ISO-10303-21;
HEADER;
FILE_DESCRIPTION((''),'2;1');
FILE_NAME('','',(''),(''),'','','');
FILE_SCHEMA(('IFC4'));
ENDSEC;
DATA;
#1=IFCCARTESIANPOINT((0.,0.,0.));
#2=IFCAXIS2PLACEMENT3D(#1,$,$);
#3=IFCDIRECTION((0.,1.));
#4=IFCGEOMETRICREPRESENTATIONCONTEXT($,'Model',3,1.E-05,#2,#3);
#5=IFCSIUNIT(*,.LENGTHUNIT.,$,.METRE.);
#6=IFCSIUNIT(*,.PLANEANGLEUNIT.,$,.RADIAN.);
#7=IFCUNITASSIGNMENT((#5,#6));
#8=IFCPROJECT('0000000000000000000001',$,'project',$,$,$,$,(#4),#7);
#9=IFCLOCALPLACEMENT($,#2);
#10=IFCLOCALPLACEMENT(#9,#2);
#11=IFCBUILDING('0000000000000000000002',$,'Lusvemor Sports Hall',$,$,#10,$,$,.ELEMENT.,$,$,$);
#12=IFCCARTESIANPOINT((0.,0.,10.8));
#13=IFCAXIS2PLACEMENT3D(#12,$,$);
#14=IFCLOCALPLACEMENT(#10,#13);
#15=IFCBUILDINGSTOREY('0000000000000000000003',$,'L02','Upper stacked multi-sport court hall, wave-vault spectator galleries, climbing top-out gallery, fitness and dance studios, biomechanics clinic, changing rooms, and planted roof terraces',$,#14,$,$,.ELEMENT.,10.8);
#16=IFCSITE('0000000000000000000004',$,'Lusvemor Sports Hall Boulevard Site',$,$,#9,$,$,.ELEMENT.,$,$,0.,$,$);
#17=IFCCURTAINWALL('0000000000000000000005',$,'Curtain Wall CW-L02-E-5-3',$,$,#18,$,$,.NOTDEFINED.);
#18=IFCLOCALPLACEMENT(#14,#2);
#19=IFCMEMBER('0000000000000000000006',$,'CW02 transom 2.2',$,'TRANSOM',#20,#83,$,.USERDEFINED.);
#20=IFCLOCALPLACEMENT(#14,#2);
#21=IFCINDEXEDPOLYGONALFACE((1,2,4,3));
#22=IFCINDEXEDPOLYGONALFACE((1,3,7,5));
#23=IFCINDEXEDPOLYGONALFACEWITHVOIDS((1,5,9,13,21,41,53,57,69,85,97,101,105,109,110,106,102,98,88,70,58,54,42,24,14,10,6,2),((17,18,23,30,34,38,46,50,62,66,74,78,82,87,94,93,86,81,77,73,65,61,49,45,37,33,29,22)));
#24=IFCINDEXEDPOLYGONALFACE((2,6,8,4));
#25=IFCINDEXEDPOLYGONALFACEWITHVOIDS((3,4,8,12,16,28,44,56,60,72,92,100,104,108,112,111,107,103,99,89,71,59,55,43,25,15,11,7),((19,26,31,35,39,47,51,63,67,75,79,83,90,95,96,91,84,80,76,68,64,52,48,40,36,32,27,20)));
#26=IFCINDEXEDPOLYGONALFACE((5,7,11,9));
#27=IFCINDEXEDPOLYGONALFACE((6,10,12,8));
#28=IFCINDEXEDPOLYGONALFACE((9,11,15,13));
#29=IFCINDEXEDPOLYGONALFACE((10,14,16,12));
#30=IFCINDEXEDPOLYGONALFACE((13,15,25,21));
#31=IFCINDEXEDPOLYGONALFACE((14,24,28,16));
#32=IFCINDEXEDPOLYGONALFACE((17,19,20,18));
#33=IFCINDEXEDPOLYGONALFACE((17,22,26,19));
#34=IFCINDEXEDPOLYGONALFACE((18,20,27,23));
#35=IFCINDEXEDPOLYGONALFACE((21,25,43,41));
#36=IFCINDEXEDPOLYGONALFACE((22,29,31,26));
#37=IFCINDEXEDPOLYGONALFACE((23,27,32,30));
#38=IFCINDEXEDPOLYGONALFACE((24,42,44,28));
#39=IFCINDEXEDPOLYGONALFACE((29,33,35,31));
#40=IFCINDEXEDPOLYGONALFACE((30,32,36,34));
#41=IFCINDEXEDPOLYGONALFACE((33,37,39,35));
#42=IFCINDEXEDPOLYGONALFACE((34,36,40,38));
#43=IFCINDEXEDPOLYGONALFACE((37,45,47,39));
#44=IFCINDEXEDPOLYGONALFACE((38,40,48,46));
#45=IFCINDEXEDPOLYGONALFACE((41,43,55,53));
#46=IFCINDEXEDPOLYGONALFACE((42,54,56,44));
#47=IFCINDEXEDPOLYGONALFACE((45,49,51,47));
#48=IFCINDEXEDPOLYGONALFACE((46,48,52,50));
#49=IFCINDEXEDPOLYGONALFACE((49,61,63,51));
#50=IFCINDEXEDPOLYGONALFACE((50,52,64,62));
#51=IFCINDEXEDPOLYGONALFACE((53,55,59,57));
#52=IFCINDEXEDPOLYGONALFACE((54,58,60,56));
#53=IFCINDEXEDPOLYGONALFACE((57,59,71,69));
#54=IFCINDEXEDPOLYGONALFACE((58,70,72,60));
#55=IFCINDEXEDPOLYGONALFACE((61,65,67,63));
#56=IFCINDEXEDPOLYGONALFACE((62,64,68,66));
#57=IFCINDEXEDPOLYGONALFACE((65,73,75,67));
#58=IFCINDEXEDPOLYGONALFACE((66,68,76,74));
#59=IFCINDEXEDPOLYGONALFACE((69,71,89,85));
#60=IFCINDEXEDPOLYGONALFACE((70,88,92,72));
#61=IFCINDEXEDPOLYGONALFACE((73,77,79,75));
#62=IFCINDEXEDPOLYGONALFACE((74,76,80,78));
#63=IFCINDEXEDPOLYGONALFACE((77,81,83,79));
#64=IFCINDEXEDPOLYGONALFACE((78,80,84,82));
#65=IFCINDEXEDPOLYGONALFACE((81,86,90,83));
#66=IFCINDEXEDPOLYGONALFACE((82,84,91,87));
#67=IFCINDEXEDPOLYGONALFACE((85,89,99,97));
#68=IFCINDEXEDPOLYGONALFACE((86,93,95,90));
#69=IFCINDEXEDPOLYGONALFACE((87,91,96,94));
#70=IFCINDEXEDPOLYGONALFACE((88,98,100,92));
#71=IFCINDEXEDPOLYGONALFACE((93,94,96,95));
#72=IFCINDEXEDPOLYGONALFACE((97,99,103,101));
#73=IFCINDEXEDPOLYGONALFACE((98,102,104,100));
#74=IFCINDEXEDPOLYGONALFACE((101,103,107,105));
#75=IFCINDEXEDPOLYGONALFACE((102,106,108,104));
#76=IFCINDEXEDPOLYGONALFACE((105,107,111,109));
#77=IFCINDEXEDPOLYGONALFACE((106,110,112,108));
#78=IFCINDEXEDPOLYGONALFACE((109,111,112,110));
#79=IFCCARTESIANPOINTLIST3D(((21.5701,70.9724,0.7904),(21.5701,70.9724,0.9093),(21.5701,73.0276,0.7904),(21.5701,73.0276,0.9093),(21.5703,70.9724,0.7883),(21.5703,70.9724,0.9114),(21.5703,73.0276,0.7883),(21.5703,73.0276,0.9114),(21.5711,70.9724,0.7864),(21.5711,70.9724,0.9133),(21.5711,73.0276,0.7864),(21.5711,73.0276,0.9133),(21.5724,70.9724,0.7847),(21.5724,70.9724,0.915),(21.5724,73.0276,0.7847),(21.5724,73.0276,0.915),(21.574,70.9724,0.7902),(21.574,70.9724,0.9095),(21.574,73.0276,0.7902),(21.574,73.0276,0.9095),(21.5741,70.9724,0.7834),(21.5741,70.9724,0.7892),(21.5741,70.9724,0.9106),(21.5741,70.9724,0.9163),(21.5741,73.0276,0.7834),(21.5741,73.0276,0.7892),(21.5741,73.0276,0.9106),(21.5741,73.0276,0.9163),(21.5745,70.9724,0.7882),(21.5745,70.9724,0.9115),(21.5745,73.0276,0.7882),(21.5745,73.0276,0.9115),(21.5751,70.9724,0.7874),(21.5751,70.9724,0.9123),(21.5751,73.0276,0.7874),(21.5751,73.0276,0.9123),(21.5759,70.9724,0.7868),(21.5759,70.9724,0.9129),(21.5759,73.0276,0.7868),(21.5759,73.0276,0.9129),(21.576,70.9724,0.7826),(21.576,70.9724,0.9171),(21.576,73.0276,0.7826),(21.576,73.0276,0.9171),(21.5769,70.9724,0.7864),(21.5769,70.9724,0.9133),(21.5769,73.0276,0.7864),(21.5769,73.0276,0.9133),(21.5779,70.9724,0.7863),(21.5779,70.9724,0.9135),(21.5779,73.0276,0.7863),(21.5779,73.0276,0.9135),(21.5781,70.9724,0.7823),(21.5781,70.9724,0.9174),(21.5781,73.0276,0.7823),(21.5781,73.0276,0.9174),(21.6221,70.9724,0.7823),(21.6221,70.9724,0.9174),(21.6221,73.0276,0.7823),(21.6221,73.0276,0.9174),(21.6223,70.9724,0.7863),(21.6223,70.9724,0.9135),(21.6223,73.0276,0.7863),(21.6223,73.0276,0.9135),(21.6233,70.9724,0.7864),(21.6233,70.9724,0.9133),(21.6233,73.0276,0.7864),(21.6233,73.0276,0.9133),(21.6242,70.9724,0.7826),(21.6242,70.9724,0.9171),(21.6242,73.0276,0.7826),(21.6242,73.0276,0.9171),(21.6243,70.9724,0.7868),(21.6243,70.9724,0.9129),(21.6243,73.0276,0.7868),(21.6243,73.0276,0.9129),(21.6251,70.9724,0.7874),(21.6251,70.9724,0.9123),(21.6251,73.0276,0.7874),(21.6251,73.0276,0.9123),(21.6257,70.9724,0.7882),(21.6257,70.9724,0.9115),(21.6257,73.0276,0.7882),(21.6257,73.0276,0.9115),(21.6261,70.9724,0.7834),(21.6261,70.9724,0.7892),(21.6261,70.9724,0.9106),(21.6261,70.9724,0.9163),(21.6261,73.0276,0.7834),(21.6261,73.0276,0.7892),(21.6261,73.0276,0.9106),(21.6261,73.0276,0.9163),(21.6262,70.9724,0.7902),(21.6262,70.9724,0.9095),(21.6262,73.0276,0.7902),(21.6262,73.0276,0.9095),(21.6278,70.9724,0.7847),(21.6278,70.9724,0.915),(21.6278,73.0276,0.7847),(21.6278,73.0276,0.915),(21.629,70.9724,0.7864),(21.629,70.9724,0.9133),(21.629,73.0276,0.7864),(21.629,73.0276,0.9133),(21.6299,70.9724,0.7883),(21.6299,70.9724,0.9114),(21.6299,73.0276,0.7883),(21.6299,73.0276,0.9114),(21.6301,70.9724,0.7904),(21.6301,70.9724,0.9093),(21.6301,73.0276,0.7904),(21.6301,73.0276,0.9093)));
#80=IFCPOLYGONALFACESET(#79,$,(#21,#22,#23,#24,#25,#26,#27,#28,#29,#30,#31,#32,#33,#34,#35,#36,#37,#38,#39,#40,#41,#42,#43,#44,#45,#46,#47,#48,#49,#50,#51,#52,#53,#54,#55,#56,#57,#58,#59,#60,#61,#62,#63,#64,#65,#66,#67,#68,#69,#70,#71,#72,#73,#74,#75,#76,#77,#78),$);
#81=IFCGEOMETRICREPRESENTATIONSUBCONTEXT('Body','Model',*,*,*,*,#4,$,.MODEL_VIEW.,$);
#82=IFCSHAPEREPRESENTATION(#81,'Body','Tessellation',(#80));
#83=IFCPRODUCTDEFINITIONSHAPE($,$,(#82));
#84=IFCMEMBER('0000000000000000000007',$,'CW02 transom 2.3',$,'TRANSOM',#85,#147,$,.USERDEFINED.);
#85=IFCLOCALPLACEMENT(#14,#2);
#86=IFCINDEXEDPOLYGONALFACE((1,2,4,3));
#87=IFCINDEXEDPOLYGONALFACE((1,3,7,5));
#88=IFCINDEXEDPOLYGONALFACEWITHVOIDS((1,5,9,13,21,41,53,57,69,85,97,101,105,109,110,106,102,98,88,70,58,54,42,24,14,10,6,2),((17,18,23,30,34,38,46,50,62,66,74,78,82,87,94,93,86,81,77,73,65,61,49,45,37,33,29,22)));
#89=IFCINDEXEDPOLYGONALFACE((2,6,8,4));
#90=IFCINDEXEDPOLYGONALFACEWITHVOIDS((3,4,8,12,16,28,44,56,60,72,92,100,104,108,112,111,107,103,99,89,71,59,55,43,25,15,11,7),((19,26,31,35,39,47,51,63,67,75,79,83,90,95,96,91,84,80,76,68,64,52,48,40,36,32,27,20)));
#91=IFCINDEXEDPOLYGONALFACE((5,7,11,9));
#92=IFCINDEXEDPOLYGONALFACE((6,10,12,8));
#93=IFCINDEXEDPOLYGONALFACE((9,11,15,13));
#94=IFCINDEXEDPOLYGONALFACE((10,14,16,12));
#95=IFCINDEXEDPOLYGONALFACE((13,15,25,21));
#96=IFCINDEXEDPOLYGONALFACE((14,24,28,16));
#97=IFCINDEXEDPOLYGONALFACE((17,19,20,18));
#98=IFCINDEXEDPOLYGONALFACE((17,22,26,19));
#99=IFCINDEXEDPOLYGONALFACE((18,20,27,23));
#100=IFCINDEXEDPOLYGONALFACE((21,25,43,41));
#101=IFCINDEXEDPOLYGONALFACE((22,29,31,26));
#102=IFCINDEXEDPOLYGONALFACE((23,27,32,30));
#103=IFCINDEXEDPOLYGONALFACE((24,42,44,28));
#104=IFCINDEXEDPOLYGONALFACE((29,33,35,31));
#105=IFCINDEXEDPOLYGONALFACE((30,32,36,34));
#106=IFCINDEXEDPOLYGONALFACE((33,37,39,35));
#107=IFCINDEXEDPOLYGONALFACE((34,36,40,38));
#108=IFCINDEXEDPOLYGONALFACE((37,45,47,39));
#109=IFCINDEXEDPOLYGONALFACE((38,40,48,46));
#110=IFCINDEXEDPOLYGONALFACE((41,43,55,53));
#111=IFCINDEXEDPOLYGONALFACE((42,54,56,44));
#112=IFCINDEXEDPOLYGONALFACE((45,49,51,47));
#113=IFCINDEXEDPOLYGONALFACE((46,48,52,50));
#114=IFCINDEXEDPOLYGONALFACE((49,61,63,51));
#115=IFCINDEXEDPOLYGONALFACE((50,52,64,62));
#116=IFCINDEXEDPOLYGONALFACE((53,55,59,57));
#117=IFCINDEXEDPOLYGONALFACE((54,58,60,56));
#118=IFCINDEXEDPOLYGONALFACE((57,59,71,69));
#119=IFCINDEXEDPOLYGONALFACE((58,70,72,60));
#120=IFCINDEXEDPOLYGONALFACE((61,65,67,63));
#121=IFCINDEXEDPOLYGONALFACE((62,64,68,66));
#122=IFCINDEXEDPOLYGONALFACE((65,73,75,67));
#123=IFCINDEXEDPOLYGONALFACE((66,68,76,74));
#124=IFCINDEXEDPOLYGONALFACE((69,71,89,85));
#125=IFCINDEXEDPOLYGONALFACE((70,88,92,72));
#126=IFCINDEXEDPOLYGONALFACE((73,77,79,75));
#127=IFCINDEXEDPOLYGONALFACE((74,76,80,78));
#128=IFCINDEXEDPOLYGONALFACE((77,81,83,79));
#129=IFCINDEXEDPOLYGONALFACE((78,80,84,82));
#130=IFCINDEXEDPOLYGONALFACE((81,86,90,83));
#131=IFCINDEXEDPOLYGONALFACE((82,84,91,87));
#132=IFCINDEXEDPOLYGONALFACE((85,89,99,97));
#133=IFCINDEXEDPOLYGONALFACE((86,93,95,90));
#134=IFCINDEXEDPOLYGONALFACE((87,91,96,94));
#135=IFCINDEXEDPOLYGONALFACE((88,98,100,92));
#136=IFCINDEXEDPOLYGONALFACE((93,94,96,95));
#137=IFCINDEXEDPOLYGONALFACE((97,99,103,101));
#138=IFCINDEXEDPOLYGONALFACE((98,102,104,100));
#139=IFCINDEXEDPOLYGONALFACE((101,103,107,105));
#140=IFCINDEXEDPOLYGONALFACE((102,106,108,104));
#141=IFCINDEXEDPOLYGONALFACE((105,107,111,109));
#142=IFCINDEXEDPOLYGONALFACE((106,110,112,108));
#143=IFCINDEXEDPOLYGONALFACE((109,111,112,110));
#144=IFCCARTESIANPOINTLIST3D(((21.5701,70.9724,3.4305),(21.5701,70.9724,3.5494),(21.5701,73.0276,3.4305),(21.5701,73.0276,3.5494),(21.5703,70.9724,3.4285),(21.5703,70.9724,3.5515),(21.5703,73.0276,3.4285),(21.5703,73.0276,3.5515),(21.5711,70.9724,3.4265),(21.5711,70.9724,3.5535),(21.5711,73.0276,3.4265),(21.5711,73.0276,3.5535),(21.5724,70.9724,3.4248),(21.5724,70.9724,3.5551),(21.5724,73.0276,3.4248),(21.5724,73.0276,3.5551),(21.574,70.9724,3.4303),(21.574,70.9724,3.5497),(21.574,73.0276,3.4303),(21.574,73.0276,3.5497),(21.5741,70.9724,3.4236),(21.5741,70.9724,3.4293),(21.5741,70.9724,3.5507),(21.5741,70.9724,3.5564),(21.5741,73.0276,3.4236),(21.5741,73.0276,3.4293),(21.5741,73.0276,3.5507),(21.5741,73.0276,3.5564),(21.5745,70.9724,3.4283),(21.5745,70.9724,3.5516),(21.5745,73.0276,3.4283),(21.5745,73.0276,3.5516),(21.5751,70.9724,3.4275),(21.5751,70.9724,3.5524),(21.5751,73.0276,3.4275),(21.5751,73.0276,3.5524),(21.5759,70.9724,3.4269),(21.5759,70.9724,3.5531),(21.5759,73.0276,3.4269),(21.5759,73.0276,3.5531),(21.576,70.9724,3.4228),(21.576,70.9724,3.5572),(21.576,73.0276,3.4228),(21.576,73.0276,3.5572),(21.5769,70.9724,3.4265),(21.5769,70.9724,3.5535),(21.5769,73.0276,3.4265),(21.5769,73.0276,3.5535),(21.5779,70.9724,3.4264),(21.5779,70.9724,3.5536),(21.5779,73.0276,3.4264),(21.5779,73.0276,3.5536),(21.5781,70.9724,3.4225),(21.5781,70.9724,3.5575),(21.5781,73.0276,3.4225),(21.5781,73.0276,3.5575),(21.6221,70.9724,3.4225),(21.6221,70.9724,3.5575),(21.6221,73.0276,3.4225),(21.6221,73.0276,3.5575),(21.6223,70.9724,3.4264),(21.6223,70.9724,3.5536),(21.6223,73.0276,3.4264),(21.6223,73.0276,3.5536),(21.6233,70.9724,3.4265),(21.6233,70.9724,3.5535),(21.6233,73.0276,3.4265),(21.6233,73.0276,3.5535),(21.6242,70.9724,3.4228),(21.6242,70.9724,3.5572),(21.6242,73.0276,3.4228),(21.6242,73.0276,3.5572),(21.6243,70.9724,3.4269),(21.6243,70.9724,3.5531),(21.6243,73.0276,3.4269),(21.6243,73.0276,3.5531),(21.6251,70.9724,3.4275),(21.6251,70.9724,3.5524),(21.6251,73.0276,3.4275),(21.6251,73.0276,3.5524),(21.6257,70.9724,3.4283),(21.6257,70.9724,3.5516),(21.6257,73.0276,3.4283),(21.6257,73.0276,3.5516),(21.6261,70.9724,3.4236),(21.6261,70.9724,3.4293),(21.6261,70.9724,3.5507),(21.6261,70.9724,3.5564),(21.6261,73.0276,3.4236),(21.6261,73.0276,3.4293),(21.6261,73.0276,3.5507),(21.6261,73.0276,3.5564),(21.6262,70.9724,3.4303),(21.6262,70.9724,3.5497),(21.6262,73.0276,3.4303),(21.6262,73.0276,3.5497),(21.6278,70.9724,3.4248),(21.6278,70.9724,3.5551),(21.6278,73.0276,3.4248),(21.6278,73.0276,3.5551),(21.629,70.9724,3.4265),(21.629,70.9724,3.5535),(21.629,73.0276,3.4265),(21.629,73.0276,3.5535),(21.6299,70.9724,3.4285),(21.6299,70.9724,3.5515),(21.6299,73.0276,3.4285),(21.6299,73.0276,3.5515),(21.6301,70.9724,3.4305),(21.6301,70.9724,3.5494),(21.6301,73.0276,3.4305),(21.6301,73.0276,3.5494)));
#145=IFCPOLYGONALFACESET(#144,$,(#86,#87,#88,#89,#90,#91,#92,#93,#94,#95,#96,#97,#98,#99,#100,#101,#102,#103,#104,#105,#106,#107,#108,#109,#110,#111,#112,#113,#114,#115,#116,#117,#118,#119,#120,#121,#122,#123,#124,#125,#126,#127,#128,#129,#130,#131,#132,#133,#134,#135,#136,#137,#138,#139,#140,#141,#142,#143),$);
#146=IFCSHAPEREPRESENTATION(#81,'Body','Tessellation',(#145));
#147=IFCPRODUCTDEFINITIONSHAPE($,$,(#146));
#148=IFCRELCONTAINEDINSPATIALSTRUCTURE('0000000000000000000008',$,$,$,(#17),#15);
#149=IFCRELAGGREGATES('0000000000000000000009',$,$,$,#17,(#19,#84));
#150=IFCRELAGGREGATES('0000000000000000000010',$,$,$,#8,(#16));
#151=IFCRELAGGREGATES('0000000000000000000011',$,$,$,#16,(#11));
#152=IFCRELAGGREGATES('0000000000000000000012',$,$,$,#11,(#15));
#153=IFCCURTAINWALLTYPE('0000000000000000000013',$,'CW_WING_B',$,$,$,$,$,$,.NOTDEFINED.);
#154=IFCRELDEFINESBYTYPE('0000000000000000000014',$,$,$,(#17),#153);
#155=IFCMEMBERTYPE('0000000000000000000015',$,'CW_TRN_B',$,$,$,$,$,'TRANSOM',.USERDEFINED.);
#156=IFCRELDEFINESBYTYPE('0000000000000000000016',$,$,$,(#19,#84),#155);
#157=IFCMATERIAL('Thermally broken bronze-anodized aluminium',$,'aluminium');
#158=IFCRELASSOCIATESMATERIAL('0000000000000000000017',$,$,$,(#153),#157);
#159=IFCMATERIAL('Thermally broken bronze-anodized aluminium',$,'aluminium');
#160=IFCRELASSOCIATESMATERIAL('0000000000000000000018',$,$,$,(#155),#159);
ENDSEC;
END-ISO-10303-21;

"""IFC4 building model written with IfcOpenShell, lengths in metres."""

from ifc_helpers import new_model, si_unit, direction, frame, origin, origin_2d, place, context, subcontext, project, spatial, hollow_rectangle, extrude, material, material_profile, profile_set, type_object, element, aggregate, save


model = new_model("IFC4")

# Units and contexts
model_context = context("Model", 3, precision=1e-05, world=origin(), true_north=direction((0.0, 1.0)))
body_context = subcontext(model_context, "Body", "Model", "MODEL_VIEW")
ifc_project = project(units=[si_unit("LENGTHUNIT", "METRE"), si_unit("PLANEANGLEUNIT", "RADIAN")], contexts=[model_context])

# Site, building, storey
site_placement = place(None, origin())
site = spatial("IfcSite", under=ifc_project, at=site_placement, Name="Lusvemor Sports Hall Boulevard Site", CompositionType="ELEMENT", RefElevation=0.0)
building_placement = place(site_placement, origin())
building = spatial("IfcBuilding", under=site, at=building_placement, Name="Lusvemor Sports Hall", CompositionType="ELEMENT")
storey_placement = place(building_placement, frame((0.0, 0.0, 10.8)))
storey = spatial("IfcBuildingStorey", under=building, at=storey_placement, Name="L02", Description="Upper stacked multi-sport court hall, wave-vault spectator galleries, climbing top-out gallery, fitness and dance studios, biomechanics clinic, changing rooms, and planted roof terraces", CompositionType="ELEMENT", Elevation=10.8)

# Curtain wall
ifc_material_1 = material(Name="Thermally broken bronze-anodized aluminium", Category="aluminium")
curtain_wall_type = type_object("IfcCurtainWallType", Name="CW_WING_B", PredefinedType="NOTDEFINED", material=ifc_material_1)
curtain_wall_1_placement = place(storey_placement, origin())
curtain_wall_1 = element("IfcCurtainWall", 1, at=curtain_wall_1_placement, inside=storey, type_object=curtain_wall_type, Name="Curtain Wall CW-L02-E-5-3", PredefinedType="NOTDEFINED")

# Members
ifc_material_2 = material(Name="Thermally broken bronze-anodized aluminium", Category="aluminium")
ifc_material_profile_1 = material_profile(ifc_material_2, hollow_rectangle(XDim=0.0601, YDim=0.135, WallThickness=0.0039, InnerFilletRadius=0.0039, OuterFilletRadius=0.0081, at=origin_2d()), Name="CWTRN135x60x4")
ifc_profile_set_1 = profile_set([ifc_material_profile_1], Name="Thermally broken bronze-anodized aluminium")
member_type_1 = type_object("IfcMemberType", Name="CW_TRN_B", ElementType="TRANSOM", PredefinedType="USERDEFINED", material=ifc_profile_set_1)
member_1_placement = place(storey_placement, frame((21.6001, 73.0276, 0.8499), z_axis=(0.0, -1.0, 0.0), x_axis=(1.0, 0.0, 0.0)))
member_1 = element("IfcMember", 2, at=member_1_placement, type_object=member_type_1, Name="CW02 transom 2.2", ObjectType="TRANSOM", PredefinedType="USERDEFINED", context=body_context, shape_type="SweptSolid", body=[
    extrude(hollow_rectangle(XDim=0.0601, YDim=0.135, WallThickness=0.0039, InnerFilletRadius=0.0039, OuterFilletRadius=0.0081, at=origin_2d()), origin(), (0.0, 0.0, 1.0), 2.0552),
])
member_2_placement = place(storey_placement, frame((21.6001, 73.0276, 3.49), z_axis=(0.0, -1.0, 0.0), x_axis=(1.0, 0.0, 0.0)))
member_2 = element("IfcMember", 3, at=member_2_placement, type_object=member_type_1, Name="CW02 transom 2.3", ObjectType="TRANSOM", PredefinedType="USERDEFINED", context=body_context, shape_type="SweptSolid", body=[
    extrude(hollow_rectangle(XDim=0.0601, YDim=0.135, WallThickness=0.0039, InnerFilletRadius=0.0039, OuterFilletRadius=0.0081, at=origin_2d()), origin(), (0.0, 0.0, 1.0), 2.0552),
])

aggregate(curtain_wall_1, [member_1, member_2])

save(model, "model.ifc")
